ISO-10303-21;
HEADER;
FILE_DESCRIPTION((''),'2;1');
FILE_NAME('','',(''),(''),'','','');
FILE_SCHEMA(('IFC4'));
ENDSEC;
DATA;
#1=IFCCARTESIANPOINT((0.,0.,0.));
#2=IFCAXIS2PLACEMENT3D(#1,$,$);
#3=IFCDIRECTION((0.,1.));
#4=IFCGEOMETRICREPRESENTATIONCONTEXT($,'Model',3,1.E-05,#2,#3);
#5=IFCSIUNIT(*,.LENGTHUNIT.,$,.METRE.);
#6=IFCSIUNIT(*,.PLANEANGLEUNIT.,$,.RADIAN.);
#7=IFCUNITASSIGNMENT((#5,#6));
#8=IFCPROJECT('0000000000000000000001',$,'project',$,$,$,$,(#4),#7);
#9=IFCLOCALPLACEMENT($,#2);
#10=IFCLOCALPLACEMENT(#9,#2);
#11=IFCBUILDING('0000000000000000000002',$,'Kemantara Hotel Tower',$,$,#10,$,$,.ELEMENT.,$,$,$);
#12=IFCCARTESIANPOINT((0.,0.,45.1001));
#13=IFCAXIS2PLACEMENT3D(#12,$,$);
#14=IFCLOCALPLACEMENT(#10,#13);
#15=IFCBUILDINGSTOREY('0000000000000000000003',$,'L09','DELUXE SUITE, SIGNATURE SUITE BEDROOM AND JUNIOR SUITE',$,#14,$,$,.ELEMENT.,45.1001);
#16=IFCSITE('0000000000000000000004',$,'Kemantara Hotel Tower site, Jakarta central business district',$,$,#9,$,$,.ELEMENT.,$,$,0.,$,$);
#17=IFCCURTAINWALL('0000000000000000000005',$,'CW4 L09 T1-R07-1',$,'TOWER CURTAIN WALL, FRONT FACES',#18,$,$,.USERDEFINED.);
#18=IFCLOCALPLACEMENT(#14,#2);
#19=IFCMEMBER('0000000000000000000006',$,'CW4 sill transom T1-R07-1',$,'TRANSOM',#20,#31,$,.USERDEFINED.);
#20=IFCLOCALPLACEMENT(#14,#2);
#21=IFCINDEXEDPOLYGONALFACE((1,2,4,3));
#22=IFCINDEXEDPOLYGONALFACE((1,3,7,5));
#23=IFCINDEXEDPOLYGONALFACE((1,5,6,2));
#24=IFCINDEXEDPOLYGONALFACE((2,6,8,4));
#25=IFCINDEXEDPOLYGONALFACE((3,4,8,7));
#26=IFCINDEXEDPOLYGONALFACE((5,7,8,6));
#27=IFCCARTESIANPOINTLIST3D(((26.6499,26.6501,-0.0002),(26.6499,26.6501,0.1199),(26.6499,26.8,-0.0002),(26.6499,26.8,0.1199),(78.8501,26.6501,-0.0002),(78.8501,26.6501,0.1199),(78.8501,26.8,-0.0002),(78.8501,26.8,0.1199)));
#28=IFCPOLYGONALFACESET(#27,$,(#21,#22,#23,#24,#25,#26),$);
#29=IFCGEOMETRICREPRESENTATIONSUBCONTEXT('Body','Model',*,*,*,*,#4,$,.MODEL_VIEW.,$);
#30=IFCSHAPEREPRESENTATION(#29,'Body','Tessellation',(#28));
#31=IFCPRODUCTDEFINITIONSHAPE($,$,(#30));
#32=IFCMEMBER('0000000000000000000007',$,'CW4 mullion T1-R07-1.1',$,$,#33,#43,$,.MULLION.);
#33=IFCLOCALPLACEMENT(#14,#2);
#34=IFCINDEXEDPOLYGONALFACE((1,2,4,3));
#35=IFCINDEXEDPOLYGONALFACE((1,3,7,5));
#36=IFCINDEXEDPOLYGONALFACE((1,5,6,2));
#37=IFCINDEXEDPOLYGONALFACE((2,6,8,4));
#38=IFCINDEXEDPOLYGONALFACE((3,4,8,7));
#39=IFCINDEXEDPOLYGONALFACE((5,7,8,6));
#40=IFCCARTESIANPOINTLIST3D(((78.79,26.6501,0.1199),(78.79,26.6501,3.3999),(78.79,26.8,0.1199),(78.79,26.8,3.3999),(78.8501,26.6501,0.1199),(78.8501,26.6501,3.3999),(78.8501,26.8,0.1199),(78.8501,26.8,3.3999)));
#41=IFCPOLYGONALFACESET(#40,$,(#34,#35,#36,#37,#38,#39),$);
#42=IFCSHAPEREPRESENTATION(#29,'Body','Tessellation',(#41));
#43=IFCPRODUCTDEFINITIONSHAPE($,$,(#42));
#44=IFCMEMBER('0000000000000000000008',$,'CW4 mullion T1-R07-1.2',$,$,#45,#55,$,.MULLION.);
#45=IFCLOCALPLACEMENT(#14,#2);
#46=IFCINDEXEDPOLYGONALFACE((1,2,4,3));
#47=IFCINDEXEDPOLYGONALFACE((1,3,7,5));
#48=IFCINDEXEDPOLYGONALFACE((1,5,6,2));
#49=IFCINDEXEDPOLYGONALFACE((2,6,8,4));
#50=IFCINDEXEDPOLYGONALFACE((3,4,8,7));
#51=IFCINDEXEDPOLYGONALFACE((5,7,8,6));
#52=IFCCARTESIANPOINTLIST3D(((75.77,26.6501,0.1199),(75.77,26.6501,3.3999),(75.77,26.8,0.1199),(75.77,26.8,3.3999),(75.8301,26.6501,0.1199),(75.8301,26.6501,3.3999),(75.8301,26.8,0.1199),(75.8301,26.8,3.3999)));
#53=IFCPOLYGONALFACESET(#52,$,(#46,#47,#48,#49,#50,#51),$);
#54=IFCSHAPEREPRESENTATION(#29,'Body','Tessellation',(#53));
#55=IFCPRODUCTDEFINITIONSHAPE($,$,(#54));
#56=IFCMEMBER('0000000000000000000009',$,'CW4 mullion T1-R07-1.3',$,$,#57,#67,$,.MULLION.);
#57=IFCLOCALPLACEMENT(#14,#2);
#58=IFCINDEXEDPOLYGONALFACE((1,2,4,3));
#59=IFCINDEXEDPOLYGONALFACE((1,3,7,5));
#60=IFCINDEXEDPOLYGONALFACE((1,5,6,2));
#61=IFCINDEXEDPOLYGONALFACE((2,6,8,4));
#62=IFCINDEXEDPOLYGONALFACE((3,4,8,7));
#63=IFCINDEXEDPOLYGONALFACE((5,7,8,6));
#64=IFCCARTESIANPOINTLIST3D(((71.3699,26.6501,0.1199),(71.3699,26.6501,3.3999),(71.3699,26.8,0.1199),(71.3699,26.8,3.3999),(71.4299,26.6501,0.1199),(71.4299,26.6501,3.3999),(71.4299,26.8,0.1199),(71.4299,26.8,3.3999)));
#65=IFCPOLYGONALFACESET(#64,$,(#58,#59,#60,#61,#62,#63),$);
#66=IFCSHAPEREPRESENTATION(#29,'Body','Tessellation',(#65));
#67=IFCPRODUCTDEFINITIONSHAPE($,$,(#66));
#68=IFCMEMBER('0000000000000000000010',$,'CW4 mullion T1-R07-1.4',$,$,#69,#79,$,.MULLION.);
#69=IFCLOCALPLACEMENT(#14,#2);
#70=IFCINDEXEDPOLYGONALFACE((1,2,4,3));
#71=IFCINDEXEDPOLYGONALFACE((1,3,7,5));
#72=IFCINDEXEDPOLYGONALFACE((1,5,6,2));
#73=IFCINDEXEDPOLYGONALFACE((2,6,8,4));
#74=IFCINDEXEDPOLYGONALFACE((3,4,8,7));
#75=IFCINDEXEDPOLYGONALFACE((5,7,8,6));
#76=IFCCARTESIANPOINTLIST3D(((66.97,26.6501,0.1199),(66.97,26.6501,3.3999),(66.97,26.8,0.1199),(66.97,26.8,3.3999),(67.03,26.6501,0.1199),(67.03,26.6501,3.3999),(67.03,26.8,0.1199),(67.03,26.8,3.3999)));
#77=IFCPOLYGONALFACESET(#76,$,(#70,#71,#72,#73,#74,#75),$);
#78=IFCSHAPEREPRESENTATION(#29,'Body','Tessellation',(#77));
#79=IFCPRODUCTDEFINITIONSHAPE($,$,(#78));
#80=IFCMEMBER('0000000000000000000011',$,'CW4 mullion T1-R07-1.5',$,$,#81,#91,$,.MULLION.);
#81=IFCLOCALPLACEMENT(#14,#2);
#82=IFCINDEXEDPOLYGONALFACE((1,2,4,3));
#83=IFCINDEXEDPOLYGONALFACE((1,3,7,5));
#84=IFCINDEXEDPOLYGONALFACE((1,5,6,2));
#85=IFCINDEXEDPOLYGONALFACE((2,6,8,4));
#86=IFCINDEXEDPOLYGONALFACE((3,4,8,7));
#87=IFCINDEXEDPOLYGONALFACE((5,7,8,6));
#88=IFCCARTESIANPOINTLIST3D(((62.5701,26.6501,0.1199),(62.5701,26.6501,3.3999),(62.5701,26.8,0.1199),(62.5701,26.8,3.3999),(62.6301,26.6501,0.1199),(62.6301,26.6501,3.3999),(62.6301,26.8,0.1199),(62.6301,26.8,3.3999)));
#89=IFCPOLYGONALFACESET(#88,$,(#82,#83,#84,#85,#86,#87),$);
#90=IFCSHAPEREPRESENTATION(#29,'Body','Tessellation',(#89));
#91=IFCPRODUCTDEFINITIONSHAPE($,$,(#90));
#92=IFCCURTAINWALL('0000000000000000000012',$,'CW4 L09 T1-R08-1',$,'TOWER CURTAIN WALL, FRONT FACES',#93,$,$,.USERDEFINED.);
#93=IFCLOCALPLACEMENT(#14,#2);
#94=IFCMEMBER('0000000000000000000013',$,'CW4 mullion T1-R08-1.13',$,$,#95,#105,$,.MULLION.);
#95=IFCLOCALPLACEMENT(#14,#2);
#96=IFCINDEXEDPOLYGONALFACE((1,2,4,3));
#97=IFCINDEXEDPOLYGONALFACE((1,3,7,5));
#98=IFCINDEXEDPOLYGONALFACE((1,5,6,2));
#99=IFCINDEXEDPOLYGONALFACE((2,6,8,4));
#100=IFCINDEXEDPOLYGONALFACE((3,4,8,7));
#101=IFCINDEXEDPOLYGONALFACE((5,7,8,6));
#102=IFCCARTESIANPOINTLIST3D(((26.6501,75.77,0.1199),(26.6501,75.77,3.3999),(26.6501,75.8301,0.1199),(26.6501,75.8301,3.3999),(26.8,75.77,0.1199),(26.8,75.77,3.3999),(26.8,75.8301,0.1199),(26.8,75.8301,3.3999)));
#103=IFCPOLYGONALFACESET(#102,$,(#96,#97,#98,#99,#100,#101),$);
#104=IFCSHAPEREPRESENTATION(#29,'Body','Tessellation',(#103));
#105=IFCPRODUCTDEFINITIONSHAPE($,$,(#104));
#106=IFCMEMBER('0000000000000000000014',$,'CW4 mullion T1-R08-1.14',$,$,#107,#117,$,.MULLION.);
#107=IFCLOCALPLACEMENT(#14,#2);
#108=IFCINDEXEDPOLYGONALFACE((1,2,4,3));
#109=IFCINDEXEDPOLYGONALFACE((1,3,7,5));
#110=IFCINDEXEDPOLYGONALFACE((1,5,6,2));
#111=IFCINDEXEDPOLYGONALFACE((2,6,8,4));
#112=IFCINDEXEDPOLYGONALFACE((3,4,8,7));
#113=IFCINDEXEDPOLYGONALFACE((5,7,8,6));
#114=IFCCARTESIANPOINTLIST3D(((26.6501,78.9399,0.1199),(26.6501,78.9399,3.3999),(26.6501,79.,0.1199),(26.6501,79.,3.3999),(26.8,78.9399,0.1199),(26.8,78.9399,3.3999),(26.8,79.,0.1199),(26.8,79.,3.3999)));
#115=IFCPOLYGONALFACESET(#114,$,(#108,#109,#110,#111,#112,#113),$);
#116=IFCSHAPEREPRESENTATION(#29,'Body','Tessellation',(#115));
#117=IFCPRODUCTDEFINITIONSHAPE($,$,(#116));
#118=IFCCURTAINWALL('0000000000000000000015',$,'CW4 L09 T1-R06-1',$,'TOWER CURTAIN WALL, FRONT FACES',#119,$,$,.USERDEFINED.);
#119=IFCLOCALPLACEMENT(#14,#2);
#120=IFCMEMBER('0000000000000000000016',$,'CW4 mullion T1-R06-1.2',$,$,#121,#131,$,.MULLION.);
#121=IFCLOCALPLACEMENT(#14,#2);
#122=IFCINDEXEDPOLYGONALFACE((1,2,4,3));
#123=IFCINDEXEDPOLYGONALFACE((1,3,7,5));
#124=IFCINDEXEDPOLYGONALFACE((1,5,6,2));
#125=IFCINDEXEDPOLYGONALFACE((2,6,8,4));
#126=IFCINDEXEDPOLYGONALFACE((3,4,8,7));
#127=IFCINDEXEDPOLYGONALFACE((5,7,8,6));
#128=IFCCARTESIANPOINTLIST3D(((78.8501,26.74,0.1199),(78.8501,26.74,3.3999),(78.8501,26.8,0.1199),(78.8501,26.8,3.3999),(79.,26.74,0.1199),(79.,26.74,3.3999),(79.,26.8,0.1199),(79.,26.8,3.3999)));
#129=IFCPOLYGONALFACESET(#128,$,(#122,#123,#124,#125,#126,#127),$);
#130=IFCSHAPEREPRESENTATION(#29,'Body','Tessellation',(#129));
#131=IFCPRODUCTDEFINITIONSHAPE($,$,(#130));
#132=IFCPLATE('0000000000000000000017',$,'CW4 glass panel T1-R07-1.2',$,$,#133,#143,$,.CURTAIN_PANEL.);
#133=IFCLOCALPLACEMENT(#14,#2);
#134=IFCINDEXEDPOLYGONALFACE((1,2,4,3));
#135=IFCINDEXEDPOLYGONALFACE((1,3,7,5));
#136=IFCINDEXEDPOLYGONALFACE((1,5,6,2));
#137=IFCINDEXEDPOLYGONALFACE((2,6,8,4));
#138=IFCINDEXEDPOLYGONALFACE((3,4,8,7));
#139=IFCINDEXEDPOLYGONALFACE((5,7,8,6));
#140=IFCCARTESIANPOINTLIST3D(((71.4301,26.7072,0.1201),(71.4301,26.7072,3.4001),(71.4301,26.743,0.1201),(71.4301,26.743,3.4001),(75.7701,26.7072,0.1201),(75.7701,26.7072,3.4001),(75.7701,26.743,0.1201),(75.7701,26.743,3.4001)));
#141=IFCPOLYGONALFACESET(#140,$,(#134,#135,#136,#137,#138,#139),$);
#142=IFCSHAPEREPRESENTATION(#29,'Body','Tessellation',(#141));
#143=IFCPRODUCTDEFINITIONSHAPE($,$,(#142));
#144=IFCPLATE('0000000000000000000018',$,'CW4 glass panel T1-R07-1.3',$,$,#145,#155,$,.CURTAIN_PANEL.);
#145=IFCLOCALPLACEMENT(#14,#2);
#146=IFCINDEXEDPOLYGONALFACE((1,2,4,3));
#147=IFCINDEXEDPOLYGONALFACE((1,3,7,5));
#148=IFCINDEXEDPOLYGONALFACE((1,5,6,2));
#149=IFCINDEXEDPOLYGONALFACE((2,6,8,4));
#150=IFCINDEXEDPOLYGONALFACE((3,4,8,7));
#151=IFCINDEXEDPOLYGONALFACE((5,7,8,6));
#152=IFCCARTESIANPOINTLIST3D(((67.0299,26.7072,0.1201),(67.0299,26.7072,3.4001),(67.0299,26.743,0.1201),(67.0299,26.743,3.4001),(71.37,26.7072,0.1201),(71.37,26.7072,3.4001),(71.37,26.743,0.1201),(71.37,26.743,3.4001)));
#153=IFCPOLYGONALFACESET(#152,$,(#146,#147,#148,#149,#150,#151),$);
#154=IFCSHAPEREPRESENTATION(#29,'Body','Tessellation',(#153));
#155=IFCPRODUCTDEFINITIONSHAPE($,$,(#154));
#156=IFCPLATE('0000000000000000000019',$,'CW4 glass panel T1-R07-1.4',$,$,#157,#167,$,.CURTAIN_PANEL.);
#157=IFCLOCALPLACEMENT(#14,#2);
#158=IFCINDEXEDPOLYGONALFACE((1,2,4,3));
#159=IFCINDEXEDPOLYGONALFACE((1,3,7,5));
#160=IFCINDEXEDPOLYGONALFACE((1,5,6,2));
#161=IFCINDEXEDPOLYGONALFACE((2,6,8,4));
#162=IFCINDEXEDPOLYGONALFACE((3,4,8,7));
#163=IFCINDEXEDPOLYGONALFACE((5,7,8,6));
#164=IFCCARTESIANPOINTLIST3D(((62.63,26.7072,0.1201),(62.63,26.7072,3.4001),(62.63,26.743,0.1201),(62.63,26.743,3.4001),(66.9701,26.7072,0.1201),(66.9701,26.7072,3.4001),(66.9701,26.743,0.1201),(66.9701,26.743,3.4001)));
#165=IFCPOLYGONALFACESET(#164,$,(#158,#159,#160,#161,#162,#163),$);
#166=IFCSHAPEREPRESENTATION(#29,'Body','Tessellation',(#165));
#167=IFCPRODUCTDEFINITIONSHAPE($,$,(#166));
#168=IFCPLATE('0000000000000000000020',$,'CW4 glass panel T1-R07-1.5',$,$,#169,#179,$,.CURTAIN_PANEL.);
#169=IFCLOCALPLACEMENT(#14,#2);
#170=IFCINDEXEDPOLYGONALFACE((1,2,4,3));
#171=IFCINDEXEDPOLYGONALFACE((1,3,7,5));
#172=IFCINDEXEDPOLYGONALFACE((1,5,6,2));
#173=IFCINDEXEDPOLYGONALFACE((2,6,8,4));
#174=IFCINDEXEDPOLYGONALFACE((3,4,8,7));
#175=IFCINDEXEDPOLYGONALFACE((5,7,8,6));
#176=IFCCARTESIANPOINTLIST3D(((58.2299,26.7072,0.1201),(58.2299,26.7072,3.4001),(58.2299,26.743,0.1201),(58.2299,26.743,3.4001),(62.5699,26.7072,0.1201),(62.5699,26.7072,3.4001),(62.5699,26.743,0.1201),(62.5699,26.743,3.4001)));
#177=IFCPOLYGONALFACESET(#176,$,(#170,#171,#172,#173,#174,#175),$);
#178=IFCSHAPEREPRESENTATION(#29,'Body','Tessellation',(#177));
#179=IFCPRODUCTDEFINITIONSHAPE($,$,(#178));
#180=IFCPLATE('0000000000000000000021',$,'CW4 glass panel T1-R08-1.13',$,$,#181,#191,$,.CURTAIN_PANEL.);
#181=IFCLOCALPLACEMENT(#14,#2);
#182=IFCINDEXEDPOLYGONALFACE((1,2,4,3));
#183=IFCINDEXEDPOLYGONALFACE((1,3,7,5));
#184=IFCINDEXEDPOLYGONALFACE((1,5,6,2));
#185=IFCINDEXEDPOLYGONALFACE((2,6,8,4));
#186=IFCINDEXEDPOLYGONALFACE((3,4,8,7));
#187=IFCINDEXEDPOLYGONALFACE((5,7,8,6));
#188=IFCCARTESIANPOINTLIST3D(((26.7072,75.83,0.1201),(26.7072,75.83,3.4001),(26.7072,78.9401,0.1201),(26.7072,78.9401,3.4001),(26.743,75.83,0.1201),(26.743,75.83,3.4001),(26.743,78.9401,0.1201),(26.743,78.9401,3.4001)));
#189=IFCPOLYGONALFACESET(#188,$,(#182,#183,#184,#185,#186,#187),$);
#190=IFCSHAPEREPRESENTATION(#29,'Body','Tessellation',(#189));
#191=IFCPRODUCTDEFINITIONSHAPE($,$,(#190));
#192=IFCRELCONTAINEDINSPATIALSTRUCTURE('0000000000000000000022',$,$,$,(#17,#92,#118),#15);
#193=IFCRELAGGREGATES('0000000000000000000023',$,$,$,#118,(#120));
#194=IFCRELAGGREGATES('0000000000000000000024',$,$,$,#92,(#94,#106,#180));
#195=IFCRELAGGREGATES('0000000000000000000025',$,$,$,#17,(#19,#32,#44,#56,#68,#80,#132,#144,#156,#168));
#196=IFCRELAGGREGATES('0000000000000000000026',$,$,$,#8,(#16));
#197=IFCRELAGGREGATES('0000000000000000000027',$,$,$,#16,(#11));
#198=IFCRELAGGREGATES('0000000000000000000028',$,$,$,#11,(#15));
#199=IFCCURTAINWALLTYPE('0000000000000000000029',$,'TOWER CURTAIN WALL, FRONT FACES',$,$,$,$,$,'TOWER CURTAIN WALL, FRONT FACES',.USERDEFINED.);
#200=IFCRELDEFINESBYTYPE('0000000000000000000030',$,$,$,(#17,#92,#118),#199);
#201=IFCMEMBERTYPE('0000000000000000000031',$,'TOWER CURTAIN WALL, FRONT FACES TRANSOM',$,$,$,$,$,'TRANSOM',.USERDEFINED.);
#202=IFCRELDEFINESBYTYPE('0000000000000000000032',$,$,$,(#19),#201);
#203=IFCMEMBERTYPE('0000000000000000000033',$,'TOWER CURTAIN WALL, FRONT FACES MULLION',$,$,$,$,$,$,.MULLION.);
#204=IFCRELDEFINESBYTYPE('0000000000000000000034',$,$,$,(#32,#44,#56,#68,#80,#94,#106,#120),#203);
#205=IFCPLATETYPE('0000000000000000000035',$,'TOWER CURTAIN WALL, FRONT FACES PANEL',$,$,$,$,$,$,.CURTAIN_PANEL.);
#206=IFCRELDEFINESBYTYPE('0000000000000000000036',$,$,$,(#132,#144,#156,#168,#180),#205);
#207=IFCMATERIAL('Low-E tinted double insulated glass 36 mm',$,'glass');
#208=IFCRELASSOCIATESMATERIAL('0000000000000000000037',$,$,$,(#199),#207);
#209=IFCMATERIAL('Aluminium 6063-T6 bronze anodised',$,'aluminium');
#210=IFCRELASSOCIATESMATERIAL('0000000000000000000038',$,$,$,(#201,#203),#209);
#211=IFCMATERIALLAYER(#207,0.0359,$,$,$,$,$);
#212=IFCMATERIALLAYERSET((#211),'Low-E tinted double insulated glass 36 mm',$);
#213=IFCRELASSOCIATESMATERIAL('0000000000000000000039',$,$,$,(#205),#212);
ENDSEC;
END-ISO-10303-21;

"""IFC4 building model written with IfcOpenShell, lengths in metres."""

from ifc_helpers import new_model, si_unit, direction, frame, origin, origin_2d, place, context, subcontext, project, spatial, rectangle, extrude, source, transform, mapped, material, layer, layer_set, material_profile, profile_set, type_object, element, aggregate, save


model = new_model("IFC4")

# Units and contexts
model_context = context("Model", 3, precision=1e-05, world=origin(), true_north=direction((0.0, 1.0)))
body_context = subcontext(model_context, "Body", "Model", "MODEL_VIEW")
ifc_project = project(units=[si_unit("LENGTHUNIT", "METRE"), si_unit("PLANEANGLEUNIT", "RADIAN")], contexts=[model_context])

# Site, building, storey
site_placement = place(None, origin())
site = spatial("IfcSite", under=ifc_project, at=site_placement, Name="Kemantara Hotel Tower site, Jakarta central business district", CompositionType="ELEMENT", RefElevation=0.0)
building_placement = place(site_placement, origin())
building = spatial("IfcBuilding", under=site, at=building_placement, Name="Kemantara Hotel Tower", CompositionType="ELEMENT")
storey_placement = place(building_placement, frame((0.0, 0.0, 45.1001)))
storey = spatial("IfcBuildingStorey", under=building, at=storey_placement, Name="L09", Description="DELUXE SUITE, SIGNATURE SUITE BEDROOM AND JUNIOR SUITE", CompositionType="ELEMENT", Elevation=45.1001)

# Curtain walls, members
ifc_material_1 = material(Name="Low-E tinted double insulated glass 36 mm", Category="glass")
curtain_wall_type = type_object("IfcCurtainWallType", Name="TOWER CURTAIN WALL, FRONT FACES", ElementType="TOWER CURTAIN WALL, FRONT FACES", PredefinedType="USERDEFINED", material=ifc_material_1)
curtain_wall_1_placement = place(storey_placement, origin())
curtain_wall_1 = element("IfcCurtainWall", 1, at=curtain_wall_1_placement, inside=storey, type_object=curtain_wall_type, Name="CW4 L09 T1-R07-1", ObjectType="TOWER CURTAIN WALL, FRONT FACES", PredefinedType="USERDEFINED")
ifc_material_2 = material(Name="Aluminium 6063-T6 bronze anodised", Category="aluminium")
ifc_material_profile_1 = material_profile(ifc_material_2, rectangle(XDim=0.1499, YDim=0.1201, at=origin_2d()), Name="TOWER CURTAIN WALL, FRONT FACES TRANSOM")
ifc_profile_set_1 = profile_set([ifc_material_profile_1], Name="Aluminium 6063-T6 bronze anodised")
member_type_1 = type_object("IfcMemberType", Name="TOWER CURTAIN WALL, FRONT FACES TRANSOM", ElementType="TRANSOM", PredefinedType="USERDEFINED", material=ifc_profile_set_1)
member_1_placement = place(storey_placement, frame((78.8501, 26.7251, 0.0598), z_axis=(-1.0, 0.0, 0.0), x_axis=(0.0, -1.0, 0.0)))
member_1 = element("IfcMember", 2, at=member_1_placement, type_object=member_type_1, Name="CW4 sill transom T1-R07-1", ObjectType="TRANSOM", PredefinedType="USERDEFINED", context=body_context, shape_type="SweptSolid", body=[
    extrude(rectangle(XDim=0.1499, YDim=0.1201, at=origin_2d()), origin(), (0.0, 0.0, 1.0), 52.2002),
])
ifc_material_profile_2 = material_profile(ifc_material_2, rectangle(XDim=0.1499, YDim=0.0601, at=origin_2d()), Name="TOWER CURTAIN WALL, FRONT FACES MULLION")
ifc_profile_set_2 = profile_set([ifc_material_profile_2], Name="Aluminium 6063-T6 bronze anodised")
member_type_2 = type_object("IfcMemberType", Name="TOWER CURTAIN WALL, FRONT FACES MULLION", PredefinedType="MULLION", material=ifc_profile_set_2)
shared_shape_1 = source(origin(), body_context, "Body", "SweptSolid", [
    extrude(rectangle(XDim=0.1499, YDim=0.0601, at=origin_2d()), origin(), (0.0, 0.0, 1.0), 3.28),
])
member_2_placement = place(storey_placement, frame((78.8201, 26.7251, 0.1199), z_axis=(0.0, 0.0, 1.0), x_axis=(0.0, -1.0, 0.0)))
member_2 = element("IfcMember", 3, at=member_2_placement, type_object=member_type_2, Name="CW4 mullion T1-R07-1.1", PredefinedType="MULLION", context=body_context, shape_type="MappedRepresentation", body=[
    mapped(shared_shape_1, transform((0.0, 0.0, 0.0))),
])
member_3_placement = place(storey_placement, frame((75.8, 26.7251, 0.1199), z_axis=(0.0, 0.0, 1.0), x_axis=(0.0, -1.0, 0.0)))
member_3 = element("IfcMember", 4, at=member_3_placement, type_object=member_type_2, Name="CW4 mullion T1-R07-1.2", PredefinedType="MULLION", context=body_context, shape_type="MappedRepresentation", body=[
    mapped(shared_shape_1, transform((0.0, 0.0, 0.0))),
])
member_4_placement = place(storey_placement, frame((71.3999, 26.7251, 0.1199), z_axis=(0.0, 0.0, 1.0), x_axis=(0.0, -1.0, 0.0)))
member_4 = element("IfcMember", 5, at=member_4_placement, type_object=member_type_2, Name="CW4 mullion T1-R07-1.3", PredefinedType="MULLION", context=body_context, shape_type="MappedRepresentation", body=[
    mapped(shared_shape_1, transform((0.0, 0.0, 0.0))),
])
member_5_placement = place(storey_placement, frame((67.0, 26.7251, 0.1199), z_axis=(0.0, 0.0, 1.0), x_axis=(0.0, -1.0, 0.0)))
member_5 = element("IfcMember", 6, at=member_5_placement, type_object=member_type_2, Name="CW4 mullion T1-R07-1.4", PredefinedType="MULLION", context=body_context, shape_type="MappedRepresentation", body=[
    mapped(shared_shape_1, transform((0.0, 0.0, 0.0))),
])
member_6_placement = place(storey_placement, frame((62.6001, 26.7251, 0.1199), z_axis=(0.0, 0.0, 1.0), x_axis=(0.0, -1.0, 0.0)))
member_6 = element("IfcMember", 7, at=member_6_placement, type_object=member_type_2, Name="CW4 mullion T1-R07-1.5", PredefinedType="MULLION", context=body_context, shape_type="MappedRepresentation", body=[
    mapped(shared_shape_1, transform((0.0, 0.0, 0.0))),
])
curtain_wall_2_placement = place(storey_placement, origin())
curtain_wall_2 = element("IfcCurtainWall", 8, at=curtain_wall_2_placement, inside=storey, type_object=curtain_wall_type, Name="CW4 L09 T1-R08-1", ObjectType="TOWER CURTAIN WALL, FRONT FACES", PredefinedType="USERDEFINED")
member_7_placement = place(storey_placement, frame((26.7251, 75.8, 0.1199), z_axis=(0.0, 0.0, 1.0), x_axis=(-1.0, 0.0, 0.0)))
member_7 = element("IfcMember", 9, at=member_7_placement, type_object=member_type_2, Name="CW4 mullion T1-R08-1.13", PredefinedType="MULLION", context=body_context, shape_type="MappedRepresentation", body=[
    mapped(shared_shape_1, transform((0.0, 0.0, 0.0))),
])
member_8_placement = place(storey_placement, frame((26.7251, 78.97, 0.1199), z_axis=(0.0, 0.0, 1.0), x_axis=(-1.0, 0.0, 0.0)))
member_8 = element("IfcMember", 10, at=member_8_placement, type_object=member_type_2, Name="CW4 mullion T1-R08-1.14", PredefinedType="MULLION", context=body_context, shape_type="MappedRepresentation", body=[
    mapped(shared_shape_1, transform((0.0, 0.0, 0.0))),
])

# Curtain wall, member
curtain_wall_3_placement = place(storey_placement, origin())
curtain_wall_3 = element("IfcCurtainWall", 11, at=curtain_wall_3_placement, inside=storey, type_object=curtain_wall_type, Name="CW4 L09 T1-R06-1", ObjectType="TOWER CURTAIN WALL, FRONT FACES", PredefinedType="USERDEFINED")
member_9_placement = place(storey_placement, frame((78.925, 26.77, 0.1199), z_axis=(0.0, 0.0, 1.0), x_axis=(-1.0, 0.0, 0.0)))
member_9 = element("IfcMember", 12, at=member_9_placement, type_object=member_type_2, Name="CW4 mullion T1-R06-1.2", PredefinedType="MULLION", context=body_context, shape_type="MappedRepresentation", body=[
    mapped(shared_shape_1, transform((0.0, 0.0, 0.0))),
])
aggregate(curtain_wall_3, [member_9])

# Plates
ifc_layer_1 = layer(ifc_material_1, 0.0359)
ifc_layer_set_1 = layer_set([ifc_layer_1], Name="Low-E tinted double insulated glass 36 mm")
plate_type = type_object("IfcPlateType", Name="TOWER CURTAIN WALL, FRONT FACES PANEL", PredefinedType="CURTAIN_PANEL", material=ifc_layer_set_1)
shared_shape_2 = source(origin(), body_context, "Body", "SweptSolid", [
    extrude(rectangle(XDim=4.3401, YDim=0.0359, at=origin_2d()), origin(), (0.0, 0.0, 1.0), 3.28),
])
plate_1_placement = place(storey_placement, frame((73.6001, 26.7251, 0.1201), z_axis=(0.0, 0.0, 1.0), x_axis=(-1.0, 0.0, 0.0)))
plate_1 = element("IfcPlate", 13, at=plate_1_placement, type_object=plate_type, Name="CW4 glass panel T1-R07-1.2", PredefinedType="CURTAIN_PANEL", context=body_context, shape_type="MappedRepresentation", body=[
    mapped(shared_shape_2, transform((0.0, 0.0, 0.0))),
])
plate_2_placement = place(storey_placement, frame((69.2, 26.7251, 0.1201), z_axis=(0.0, 0.0, 1.0), x_axis=(-1.0, 0.0, 0.0)))
plate_2 = element("IfcPlate", 14, at=plate_2_placement, type_object=plate_type, Name="CW4 glass panel T1-R07-1.3", PredefinedType="CURTAIN_PANEL", context=body_context, shape_type="MappedRepresentation", body=[
    mapped(shared_shape_2, transform((0.0, 0.0, 0.0))),
])
plate_3_placement = place(storey_placement, frame((64.8, 26.7251, 0.1201), z_axis=(0.0, 0.0, 1.0), x_axis=(-1.0, 0.0, 0.0)))
plate_3 = element("IfcPlate", 15, at=plate_3_placement, type_object=plate_type, Name="CW4 glass panel T1-R07-1.4", PredefinedType="CURTAIN_PANEL", context=body_context, shape_type="MappedRepresentation", body=[
    mapped(shared_shape_2, transform((0.0, 0.0, 0.0))),
])
plate_4_placement = place(storey_placement, frame((60.3999, 26.7251, 0.1201), z_axis=(0.0, 0.0, 1.0), x_axis=(-1.0, 0.0, 0.0)))
plate_4 = element("IfcPlate", 16, at=plate_4_placement, type_object=plate_type, Name="CW4 glass panel T1-R07-1.5", PredefinedType="CURTAIN_PANEL", context=body_context, shape_type="MappedRepresentation", body=[
    mapped(shared_shape_2, transform((0.0, 0.0, 0.0))),
])
shared_shape_3 = source(origin(), body_context, "Body", "SweptSolid", [
    extrude(rectangle(XDim=3.1101, YDim=0.0359, at=origin_2d()), origin(), (0.0, 0.0, 1.0), 3.28),
])
plate_5_placement = place(storey_placement, frame((26.7251, 77.385, 0.1201), z_axis=(0.0, 0.0, 1.0), x_axis=(0.0, 1.0, 0.0)))
plate_5 = element("IfcPlate", 17, at=plate_5_placement, type_object=plate_type, Name="CW4 glass panel T1-R08-1.13", PredefinedType="CURTAIN_PANEL", context=body_context, shape_type="MappedRepresentation", body=[
    mapped(shared_shape_3, transform((0.0, 0.0, 0.0))),
])
aggregate(curtain_wall_2, [member_7, member_8, plate_5])
aggregate(curtain_wall_1, [member_1, member_2, member_3, member_4, member_5, member_6, plate_1, plate_2, plate_3, plate_4])

save(model, "model.ifc")
